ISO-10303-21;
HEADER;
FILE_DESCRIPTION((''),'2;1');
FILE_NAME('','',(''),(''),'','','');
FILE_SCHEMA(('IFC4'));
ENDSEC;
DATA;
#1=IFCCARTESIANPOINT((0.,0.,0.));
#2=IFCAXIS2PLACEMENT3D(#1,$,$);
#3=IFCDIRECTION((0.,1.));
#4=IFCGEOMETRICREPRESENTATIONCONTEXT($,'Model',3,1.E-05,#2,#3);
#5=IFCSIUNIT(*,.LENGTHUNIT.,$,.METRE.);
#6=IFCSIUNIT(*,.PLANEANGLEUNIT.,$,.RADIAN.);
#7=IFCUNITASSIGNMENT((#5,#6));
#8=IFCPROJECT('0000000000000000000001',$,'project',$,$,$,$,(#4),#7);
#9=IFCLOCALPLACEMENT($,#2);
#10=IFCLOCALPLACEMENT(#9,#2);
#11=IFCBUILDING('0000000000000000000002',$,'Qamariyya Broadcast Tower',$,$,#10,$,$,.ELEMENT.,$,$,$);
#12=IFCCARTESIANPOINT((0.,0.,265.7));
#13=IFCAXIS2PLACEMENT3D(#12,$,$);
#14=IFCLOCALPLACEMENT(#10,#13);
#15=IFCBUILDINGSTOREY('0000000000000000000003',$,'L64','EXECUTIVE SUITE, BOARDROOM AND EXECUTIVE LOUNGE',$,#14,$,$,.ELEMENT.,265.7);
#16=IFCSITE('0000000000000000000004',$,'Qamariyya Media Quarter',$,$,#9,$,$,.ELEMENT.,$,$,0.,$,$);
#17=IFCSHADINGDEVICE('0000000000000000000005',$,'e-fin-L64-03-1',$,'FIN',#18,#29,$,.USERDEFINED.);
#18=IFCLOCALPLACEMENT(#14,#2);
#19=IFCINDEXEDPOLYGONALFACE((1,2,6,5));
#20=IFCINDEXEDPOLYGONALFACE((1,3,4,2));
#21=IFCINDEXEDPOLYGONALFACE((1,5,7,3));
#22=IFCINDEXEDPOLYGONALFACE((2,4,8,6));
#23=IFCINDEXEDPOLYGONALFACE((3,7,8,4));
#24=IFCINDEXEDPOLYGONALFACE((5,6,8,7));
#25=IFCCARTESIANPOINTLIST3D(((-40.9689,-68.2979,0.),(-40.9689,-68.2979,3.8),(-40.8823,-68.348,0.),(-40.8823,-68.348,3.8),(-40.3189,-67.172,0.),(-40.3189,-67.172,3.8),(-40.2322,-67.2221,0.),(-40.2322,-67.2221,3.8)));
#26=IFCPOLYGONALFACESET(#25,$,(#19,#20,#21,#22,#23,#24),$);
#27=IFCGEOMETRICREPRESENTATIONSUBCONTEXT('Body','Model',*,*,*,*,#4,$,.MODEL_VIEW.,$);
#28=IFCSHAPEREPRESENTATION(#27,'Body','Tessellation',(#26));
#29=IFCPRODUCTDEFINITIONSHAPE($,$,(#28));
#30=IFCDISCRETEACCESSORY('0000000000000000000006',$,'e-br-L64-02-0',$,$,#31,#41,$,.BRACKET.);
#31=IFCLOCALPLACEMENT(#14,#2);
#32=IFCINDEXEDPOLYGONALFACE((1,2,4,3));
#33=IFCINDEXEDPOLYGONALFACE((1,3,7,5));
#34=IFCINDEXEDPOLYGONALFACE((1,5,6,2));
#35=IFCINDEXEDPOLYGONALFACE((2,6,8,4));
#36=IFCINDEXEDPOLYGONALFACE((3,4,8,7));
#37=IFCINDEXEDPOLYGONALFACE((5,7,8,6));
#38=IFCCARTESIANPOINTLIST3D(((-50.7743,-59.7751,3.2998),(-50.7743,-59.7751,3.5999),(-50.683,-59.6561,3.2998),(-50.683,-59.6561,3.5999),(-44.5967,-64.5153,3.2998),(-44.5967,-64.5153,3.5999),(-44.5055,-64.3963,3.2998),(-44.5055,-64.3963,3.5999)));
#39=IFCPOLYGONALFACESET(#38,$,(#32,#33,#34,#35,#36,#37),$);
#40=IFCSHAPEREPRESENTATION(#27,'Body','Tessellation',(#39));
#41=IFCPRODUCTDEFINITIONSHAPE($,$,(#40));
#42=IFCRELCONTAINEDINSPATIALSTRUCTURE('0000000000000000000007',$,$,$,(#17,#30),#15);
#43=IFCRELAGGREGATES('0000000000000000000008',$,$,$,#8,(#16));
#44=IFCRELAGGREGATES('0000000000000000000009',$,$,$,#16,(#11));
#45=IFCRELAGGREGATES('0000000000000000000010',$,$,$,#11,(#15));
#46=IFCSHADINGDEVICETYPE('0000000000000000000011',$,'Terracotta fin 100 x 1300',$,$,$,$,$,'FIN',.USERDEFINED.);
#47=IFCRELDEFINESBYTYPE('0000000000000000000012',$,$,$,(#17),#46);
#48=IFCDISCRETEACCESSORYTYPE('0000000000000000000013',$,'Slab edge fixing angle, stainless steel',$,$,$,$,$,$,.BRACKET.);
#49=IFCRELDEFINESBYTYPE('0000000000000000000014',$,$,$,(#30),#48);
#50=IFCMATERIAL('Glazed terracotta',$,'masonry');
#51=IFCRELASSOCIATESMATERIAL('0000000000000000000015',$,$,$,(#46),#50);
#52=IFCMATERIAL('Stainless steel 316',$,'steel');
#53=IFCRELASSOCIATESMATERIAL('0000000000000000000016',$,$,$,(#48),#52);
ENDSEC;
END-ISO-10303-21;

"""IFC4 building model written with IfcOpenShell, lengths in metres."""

from ifc_helpers import new_model, si_unit, direction, frame, origin, origin_2d, place, context, subcontext, project, spatial, rectangle, extrude, material, material_profile, profile_set, type_object, element, save


model = new_model("IFC4")

# Units and contexts
model_context = context("Model", 3, precision=1e-05, world=origin(), true_north=direction((0.0, 1.0)))
body_context = subcontext(model_context, "Body", "Model", "MODEL_VIEW")
ifc_project = project(units=[si_unit("LENGTHUNIT", "METRE"), si_unit("PLANEANGLEUNIT", "RADIAN")], contexts=[model_context])

# Site, building, storey
site_placement = place(None, origin())
site = spatial("IfcSite", under=ifc_project, at=site_placement, Name="Qamariyya Media Quarter", CompositionType="ELEMENT", RefElevation=0.0)
building_placement = place(site_placement, origin())
building = spatial("IfcBuilding", under=site, at=building_placement, Name="Qamariyya Broadcast Tower", CompositionType="ELEMENT")
storey_placement = place(building_placement, frame((0.0, 0.0, 265.7)))
storey = spatial("IfcBuildingStorey", under=building, at=storey_placement, Name="L64", Description="EXECUTIVE SUITE, BOARDROOM AND EXECUTIVE LOUNGE", CompositionType="ELEMENT", Elevation=265.7)

# Shading device
ifc_material_1 = material(Name="Glazed terracotta", Category="masonry")
ifc_material_profile_1 = material_profile(ifc_material_1, rectangle(XDim=1.3, YDim=0.1001, at=origin_2d()))
ifc_profile_set_1 = profile_set([ifc_material_profile_1], Name="Glazed terracotta")
shading_device_type_1 = type_object("IfcShadingDeviceType", Name="Terracotta fin 100 x 1300", ElementType="FIN", PredefinedType="USERDEFINED", material=ifc_profile_set_1)
for number, where, z_axis, x_axis, name in (
    (1, (-40.6006, -67.76, 0.0), (0.0, 0.0, 1.0), (-0.5, -0.866025, 0.0), "e-fin-L64-03-1"),
):
    element("IfcShadingDevice", number, at=place(storey_placement, frame(where, z_axis=z_axis, x_axis=x_axis)), inside=storey, type_object=shading_device_type_1, Name=name, ObjectType="FIN", PredefinedType="USERDEFINED", context=body_context, shape_type="SweptSolid", body=[
        extrude(rectangle(XDim=1.3, YDim=0.1001, at=origin_2d()), origin(), (0.0, 0.0, 1.0), 3.8),
    ])

# Discrete accessory
ifc_material_2 = material(Name="Stainless steel 316", Category="steel")
discrete_accessory_type = type_object("IfcDiscreteAccessoryType", Name="Slab edge fixing angle, stainless steel", PredefinedType="BRACKET", material=ifc_material_2)
discrete_accessory_placement = place(storey_placement, frame((-47.6399, -62.0857, 3.2998), z_axis=(0.0, 0.0, 1.0), x_axis=(0.793353, -0.608761, 0.0)))
element("IfcDiscreteAccessory", 2, at=discrete_accessory_placement, inside=storey, type_object=discrete_accessory_type, Name="e-br-L64-02-0", PredefinedType="BRACKET", context=body_context, shape_type="SweptSolid", body=[
    extrude(rectangle(XDim=7.7866, YDim=0.1499, at=origin_2d()), origin(), (0.0, 0.0, 1.0), 0.3),
])

save(model, "model.ifc")
